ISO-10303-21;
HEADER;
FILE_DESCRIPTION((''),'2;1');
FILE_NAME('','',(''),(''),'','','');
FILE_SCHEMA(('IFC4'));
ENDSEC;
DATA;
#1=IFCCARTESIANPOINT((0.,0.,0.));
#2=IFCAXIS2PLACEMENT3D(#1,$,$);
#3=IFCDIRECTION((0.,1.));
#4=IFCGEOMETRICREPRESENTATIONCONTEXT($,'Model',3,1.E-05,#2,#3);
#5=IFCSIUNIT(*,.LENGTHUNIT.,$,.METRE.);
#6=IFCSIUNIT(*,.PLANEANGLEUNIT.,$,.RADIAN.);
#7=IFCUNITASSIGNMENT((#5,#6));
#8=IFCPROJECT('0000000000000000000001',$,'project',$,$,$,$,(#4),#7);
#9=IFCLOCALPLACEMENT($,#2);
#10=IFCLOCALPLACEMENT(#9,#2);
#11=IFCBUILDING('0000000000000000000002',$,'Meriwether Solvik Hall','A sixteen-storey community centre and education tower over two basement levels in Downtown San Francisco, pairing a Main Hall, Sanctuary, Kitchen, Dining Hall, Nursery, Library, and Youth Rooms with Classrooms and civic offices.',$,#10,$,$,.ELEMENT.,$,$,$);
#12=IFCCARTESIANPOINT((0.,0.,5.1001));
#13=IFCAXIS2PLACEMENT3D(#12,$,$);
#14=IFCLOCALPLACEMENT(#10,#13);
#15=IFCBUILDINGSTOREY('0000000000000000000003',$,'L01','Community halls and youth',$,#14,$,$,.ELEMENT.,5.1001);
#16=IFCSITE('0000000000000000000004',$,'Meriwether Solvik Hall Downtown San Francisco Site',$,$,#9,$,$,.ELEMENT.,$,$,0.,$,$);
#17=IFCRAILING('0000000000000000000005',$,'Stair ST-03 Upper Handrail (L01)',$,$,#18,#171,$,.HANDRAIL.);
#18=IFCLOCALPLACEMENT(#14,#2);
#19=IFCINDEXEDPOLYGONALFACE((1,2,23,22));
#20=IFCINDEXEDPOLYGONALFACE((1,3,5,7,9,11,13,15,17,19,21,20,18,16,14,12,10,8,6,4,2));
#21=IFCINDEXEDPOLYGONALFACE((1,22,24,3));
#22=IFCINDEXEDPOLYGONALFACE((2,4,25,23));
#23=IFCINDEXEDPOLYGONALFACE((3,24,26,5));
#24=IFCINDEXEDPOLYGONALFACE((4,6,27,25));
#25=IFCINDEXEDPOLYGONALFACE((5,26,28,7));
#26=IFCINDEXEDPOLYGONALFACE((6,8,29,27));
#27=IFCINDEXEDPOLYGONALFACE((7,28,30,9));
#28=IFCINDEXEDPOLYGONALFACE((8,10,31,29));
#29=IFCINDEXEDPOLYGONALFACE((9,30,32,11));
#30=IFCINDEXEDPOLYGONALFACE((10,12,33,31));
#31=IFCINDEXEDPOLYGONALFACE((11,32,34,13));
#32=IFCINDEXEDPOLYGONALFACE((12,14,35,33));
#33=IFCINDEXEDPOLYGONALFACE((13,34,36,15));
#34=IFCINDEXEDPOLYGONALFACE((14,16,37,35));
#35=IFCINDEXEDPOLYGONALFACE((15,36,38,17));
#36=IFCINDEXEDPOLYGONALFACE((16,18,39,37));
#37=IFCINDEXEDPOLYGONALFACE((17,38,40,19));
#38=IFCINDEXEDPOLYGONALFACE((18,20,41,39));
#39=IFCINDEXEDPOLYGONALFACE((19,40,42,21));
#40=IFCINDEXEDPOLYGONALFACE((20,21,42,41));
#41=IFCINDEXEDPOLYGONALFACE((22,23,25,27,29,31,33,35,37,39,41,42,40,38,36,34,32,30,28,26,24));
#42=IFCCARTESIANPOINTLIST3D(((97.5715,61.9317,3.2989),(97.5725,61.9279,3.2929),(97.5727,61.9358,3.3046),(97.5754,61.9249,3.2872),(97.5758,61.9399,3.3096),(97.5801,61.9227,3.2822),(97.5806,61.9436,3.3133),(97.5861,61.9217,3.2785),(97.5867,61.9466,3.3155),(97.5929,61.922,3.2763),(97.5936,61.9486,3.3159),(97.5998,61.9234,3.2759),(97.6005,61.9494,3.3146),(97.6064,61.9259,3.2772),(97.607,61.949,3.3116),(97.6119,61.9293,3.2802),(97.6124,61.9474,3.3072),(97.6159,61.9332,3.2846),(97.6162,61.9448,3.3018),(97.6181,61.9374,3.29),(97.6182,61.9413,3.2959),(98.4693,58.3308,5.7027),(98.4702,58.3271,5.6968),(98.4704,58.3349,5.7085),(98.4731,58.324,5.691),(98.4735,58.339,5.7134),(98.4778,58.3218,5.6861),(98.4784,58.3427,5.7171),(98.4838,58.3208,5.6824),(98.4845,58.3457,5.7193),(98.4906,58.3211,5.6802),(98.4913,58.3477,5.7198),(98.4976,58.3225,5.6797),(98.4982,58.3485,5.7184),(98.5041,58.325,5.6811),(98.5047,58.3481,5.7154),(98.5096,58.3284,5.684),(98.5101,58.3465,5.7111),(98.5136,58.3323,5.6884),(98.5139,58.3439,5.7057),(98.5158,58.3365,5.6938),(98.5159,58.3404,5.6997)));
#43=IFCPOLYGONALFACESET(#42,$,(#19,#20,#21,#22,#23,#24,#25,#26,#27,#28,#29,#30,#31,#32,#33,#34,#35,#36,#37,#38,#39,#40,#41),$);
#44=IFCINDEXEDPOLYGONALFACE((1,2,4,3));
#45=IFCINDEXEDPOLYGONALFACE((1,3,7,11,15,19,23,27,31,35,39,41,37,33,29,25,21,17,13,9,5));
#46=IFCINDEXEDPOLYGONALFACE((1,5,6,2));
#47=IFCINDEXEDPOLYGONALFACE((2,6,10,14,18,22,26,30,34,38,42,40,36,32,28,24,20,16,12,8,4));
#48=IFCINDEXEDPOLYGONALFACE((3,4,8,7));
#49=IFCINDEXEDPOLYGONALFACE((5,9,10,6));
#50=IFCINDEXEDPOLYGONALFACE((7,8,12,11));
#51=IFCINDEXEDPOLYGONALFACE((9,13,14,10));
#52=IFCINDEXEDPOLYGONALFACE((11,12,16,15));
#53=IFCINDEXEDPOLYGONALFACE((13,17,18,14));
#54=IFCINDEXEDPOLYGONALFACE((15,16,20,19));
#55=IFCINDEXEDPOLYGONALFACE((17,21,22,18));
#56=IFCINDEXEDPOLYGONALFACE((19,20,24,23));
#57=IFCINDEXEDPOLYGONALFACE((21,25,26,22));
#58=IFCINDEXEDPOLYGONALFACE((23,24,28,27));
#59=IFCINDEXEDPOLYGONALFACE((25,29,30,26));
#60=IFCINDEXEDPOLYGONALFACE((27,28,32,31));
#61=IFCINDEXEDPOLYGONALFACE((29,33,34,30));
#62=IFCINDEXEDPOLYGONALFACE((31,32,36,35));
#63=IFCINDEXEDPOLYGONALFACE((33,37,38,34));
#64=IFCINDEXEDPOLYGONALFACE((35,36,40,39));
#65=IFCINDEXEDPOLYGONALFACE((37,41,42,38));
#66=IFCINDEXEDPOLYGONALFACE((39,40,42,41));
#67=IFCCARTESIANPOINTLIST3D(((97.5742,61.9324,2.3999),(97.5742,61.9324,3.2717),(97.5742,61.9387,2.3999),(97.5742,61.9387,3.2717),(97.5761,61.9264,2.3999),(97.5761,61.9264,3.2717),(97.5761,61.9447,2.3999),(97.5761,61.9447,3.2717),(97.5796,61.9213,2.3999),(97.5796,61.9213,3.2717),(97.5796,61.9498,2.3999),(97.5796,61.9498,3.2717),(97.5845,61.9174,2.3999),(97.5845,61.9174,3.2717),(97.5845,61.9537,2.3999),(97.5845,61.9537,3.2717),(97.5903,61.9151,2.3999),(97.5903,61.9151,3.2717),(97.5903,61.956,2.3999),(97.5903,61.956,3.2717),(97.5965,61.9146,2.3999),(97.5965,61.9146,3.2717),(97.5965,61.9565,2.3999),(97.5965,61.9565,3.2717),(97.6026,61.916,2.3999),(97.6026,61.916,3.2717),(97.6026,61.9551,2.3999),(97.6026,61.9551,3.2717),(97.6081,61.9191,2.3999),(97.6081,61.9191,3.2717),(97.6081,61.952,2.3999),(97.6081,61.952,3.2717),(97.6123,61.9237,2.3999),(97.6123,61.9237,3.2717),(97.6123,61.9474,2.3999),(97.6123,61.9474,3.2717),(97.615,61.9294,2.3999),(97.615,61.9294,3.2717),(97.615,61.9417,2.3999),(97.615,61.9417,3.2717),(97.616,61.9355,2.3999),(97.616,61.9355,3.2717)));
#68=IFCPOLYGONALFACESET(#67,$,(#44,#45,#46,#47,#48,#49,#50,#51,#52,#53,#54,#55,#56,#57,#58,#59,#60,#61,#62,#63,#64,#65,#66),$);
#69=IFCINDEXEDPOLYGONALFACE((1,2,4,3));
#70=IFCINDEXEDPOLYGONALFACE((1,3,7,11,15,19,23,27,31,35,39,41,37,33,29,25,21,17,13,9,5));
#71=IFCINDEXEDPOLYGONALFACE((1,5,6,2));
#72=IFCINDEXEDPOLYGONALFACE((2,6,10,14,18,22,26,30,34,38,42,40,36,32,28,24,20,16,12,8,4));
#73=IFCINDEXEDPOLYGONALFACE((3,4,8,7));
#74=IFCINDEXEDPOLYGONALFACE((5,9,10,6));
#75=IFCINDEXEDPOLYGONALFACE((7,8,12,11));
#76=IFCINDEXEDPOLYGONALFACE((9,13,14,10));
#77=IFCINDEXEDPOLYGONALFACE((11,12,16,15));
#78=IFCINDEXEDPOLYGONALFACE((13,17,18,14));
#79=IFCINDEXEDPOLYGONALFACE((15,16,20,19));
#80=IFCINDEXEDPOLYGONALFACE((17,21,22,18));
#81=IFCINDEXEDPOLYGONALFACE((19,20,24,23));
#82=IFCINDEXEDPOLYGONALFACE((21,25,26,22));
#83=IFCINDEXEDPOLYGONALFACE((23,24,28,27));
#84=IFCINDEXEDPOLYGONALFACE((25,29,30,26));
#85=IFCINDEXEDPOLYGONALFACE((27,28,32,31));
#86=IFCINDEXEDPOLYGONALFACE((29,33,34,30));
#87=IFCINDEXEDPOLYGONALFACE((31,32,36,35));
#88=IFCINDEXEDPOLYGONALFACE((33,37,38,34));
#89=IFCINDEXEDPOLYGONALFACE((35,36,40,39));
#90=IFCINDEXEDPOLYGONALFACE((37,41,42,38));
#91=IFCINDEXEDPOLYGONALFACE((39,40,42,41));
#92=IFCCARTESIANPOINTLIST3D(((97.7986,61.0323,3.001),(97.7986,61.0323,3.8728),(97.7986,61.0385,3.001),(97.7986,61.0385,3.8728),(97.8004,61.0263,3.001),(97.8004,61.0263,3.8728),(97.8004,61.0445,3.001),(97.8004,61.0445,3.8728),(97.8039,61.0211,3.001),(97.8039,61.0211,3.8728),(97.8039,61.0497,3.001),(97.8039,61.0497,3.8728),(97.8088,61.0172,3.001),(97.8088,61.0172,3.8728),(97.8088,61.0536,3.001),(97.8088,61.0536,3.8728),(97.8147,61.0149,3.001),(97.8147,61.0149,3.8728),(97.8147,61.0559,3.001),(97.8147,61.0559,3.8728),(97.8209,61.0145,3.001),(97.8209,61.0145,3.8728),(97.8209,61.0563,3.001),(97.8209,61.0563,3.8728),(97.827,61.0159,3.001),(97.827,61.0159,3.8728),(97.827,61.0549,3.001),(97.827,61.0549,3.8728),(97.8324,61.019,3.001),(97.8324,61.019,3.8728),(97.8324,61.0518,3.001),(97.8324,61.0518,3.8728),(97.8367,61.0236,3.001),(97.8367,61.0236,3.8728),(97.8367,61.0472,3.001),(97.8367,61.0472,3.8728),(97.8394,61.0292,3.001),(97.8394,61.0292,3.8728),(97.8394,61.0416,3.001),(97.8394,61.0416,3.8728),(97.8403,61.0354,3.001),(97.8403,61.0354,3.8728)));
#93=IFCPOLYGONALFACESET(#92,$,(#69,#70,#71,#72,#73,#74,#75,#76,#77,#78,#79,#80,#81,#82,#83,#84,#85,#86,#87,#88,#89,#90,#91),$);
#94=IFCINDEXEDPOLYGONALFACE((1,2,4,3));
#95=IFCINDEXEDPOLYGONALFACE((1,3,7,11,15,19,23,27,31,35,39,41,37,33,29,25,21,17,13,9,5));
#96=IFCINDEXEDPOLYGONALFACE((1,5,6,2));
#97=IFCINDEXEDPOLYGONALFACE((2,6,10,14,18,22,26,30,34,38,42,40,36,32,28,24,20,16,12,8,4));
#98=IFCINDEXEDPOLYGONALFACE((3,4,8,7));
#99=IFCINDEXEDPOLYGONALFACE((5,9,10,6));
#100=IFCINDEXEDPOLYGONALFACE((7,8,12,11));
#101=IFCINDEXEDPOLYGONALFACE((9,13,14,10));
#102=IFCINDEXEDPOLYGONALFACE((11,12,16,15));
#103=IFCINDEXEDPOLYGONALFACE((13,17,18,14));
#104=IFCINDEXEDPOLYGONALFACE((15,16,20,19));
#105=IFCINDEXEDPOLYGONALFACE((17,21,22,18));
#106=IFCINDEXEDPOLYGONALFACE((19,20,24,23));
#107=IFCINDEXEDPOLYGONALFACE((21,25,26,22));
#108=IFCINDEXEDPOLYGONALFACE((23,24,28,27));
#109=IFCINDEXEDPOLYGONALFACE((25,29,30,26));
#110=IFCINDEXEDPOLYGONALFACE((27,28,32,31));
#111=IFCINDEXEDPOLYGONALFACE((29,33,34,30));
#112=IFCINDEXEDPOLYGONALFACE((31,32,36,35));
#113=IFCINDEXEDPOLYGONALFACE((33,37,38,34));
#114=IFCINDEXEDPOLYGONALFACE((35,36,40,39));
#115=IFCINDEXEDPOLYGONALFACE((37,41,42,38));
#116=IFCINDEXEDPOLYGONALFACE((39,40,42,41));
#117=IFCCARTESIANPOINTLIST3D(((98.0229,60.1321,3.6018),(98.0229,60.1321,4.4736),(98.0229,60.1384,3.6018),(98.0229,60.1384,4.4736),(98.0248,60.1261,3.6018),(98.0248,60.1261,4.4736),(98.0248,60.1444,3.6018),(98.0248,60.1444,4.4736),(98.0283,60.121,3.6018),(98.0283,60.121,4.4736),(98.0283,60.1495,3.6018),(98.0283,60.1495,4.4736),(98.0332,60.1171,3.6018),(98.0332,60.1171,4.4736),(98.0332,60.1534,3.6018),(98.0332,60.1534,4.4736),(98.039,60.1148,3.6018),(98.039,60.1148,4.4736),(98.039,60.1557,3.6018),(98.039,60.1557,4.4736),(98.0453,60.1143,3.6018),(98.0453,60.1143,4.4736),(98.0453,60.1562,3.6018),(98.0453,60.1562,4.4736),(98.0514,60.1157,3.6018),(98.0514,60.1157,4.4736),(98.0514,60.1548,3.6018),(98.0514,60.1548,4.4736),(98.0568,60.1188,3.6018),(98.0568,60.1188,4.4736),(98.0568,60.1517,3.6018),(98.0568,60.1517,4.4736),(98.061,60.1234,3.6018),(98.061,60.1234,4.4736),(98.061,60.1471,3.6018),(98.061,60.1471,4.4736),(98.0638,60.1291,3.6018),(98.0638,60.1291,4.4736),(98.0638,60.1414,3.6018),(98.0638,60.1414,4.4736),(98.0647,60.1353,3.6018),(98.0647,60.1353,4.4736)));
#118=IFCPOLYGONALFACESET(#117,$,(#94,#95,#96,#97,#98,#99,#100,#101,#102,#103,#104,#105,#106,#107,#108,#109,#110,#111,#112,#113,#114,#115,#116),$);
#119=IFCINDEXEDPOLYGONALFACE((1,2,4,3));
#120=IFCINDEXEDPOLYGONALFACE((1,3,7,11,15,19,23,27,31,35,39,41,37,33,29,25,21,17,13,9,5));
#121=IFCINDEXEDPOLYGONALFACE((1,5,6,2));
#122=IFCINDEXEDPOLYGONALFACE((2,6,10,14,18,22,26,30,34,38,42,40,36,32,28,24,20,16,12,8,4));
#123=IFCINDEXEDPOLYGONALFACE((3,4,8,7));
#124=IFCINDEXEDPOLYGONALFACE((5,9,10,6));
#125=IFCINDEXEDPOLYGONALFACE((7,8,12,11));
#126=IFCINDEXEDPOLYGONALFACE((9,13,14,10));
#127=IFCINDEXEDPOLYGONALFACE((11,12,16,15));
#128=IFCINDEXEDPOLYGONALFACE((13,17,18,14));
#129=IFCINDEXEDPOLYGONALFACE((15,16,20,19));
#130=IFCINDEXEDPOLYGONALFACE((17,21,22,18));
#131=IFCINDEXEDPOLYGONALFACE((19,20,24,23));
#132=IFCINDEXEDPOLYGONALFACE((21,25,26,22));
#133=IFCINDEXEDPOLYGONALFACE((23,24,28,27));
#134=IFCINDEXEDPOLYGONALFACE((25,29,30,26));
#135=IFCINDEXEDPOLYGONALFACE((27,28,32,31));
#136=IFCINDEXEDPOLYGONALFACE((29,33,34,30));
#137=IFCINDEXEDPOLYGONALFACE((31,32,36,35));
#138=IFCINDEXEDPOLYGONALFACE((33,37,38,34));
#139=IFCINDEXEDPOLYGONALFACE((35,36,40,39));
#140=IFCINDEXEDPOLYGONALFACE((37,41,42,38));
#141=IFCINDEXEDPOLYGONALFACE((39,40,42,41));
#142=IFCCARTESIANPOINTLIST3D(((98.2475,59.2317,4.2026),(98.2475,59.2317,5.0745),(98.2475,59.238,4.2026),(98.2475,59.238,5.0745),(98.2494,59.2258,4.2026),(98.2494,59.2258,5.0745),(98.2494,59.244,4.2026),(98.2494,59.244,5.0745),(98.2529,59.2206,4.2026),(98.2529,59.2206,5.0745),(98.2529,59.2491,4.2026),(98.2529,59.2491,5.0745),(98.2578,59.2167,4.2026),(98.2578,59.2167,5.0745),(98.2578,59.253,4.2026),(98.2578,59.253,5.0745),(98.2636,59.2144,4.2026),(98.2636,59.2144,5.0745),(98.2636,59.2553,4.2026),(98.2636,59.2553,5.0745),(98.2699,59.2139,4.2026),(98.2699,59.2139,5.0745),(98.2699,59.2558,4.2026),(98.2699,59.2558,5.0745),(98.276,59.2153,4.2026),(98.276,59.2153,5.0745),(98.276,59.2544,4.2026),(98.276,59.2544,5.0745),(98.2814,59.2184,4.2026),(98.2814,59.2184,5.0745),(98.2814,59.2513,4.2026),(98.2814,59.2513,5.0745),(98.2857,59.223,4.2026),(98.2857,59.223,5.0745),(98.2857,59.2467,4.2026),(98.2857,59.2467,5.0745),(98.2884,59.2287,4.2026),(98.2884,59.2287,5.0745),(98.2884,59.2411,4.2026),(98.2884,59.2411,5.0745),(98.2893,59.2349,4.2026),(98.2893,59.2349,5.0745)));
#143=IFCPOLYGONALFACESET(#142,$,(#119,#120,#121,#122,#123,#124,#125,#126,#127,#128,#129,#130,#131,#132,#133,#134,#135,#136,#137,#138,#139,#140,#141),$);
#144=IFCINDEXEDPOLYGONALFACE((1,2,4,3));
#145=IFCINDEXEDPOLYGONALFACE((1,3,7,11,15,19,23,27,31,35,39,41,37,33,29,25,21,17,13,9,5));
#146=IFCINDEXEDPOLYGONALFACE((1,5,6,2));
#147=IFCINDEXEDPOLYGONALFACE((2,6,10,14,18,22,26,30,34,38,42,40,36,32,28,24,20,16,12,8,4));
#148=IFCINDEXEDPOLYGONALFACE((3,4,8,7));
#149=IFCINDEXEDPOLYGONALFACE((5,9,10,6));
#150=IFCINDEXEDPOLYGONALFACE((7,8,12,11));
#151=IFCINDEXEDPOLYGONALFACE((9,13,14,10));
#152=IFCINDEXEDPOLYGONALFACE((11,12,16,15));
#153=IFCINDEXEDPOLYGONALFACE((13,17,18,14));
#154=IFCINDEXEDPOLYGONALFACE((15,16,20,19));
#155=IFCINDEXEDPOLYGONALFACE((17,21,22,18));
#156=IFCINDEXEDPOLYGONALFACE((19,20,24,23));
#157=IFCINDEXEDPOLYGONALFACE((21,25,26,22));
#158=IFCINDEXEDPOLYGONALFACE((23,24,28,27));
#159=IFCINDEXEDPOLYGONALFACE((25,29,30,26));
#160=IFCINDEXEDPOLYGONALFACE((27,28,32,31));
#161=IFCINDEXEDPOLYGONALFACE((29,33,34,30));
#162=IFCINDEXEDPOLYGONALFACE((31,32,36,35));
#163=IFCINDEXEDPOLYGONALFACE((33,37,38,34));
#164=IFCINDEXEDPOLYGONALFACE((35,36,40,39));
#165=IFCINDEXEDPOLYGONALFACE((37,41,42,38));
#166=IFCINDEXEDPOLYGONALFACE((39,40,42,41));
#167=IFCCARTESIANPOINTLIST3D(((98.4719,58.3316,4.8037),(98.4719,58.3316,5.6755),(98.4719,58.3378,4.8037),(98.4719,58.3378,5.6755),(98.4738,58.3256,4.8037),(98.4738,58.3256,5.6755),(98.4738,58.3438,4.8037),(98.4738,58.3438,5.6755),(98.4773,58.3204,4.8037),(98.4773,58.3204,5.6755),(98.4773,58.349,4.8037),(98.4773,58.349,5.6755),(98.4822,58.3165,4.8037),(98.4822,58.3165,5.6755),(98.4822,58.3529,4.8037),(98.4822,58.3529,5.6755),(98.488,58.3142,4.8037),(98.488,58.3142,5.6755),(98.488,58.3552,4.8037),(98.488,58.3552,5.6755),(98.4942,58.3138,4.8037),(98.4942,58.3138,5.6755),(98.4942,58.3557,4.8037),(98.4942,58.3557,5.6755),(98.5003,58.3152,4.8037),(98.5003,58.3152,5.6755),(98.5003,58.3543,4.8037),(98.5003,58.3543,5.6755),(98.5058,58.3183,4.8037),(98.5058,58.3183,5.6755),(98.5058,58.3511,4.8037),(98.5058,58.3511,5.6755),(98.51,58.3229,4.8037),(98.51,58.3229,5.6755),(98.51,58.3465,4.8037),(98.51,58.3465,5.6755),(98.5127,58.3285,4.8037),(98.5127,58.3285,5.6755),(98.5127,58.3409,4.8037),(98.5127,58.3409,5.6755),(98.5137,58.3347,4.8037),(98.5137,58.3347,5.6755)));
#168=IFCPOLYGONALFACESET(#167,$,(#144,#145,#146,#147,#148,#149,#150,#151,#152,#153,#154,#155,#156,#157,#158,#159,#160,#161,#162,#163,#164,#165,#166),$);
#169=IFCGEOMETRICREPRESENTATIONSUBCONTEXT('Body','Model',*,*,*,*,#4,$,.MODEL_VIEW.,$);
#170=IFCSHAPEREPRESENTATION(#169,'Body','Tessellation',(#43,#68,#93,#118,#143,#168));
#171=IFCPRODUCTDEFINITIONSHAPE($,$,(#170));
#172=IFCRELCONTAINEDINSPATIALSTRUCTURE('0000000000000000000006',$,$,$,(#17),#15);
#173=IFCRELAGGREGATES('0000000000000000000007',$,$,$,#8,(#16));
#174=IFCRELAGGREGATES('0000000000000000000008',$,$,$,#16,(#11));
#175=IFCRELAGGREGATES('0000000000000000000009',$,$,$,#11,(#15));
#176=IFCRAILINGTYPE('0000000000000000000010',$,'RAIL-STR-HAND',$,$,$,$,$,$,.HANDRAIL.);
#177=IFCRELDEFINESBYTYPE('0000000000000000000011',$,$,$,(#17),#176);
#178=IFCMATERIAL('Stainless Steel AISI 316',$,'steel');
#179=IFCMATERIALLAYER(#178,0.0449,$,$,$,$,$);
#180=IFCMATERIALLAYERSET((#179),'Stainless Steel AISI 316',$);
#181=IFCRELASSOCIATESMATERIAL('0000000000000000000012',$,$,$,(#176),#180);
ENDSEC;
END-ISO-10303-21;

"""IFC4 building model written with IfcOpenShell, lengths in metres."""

from ifc_helpers import new_model, si_unit, direction, frame, origin, origin_2d, place, context, subcontext, project, spatial, circle, extrude, material, layer, layer_set, type_object, element, save


model = new_model("IFC4")

# Units and contexts
model_context = context("Model", 3, precision=1e-05, world=origin(), true_north=direction((0.0, 1.0)))
body_context = subcontext(model_context, "Body", "Model", "MODEL_VIEW")
ifc_project = project(units=[si_unit("LENGTHUNIT", "METRE"), si_unit("PLANEANGLEUNIT", "RADIAN")], contexts=[model_context])

# Site, building, storey
site_placement = place(None, origin())
site = spatial("IfcSite", under=ifc_project, at=site_placement, Name="Meriwether Solvik Hall Downtown San Francisco Site", CompositionType="ELEMENT", RefElevation=0.0)
building_placement = place(site_placement, origin())
building = spatial("IfcBuilding", under=site, at=building_placement, Name="Meriwether Solvik Hall", Description="A sixteen-storey community centre and education tower over two basement levels in Downtown San Francisco, pairing a Main Hall, Sanctuary, Kitchen, Dining Hall, Nursery, Library, and Youth Rooms with Classrooms and civic offices.", CompositionType="ELEMENT")
storey_placement = place(building_placement, frame((0.0, 0.0, 5.1001)))
storey = spatial("IfcBuildingStorey", under=building, at=storey_placement, Name="L01", Description="Community halls and youth", CompositionType="ELEMENT", Elevation=5.1001)

# Railing
ifc_material_1 = material(Name="Stainless Steel AISI 316", Category="steel")
ifc_layer_1 = layer(ifc_material_1, 0.0449)
ifc_layer_set_1 = layer_set([ifc_layer_1], Name="Stainless Steel AISI 316")
railing_type_1 = type_object("IfcRailingType", Name="RAIL-STR-HAND", PredefinedType="HANDRAIL", material=ifc_layer_set_1)
railing_1_placement = place(storey_placement, frame((97.595, 61.9355, 2.3999)))
element("IfcRailing", 1, at=railing_1_placement, inside=storey, type_object=railing_type_1, Name="Stair ST-03 Upper Handrail (L01)", PredefinedType="HANDRAIL", context=body_context, shape_type="SweptSolid", body=[
    extrude(circle(Radius=0.0239, at=origin_2d()), frame((0.0, 0.0, 0.896), z_axis=(0.203029, -0.814381, 0.543657), x_axis=(0.970301, 0.241901, 0.0)), (0.0, 0.0, 1.0), 4.4216),
    extrude(circle(Radius=0.021, at=origin_2d()), origin(), (0.0, 0.0, 1.0), 0.8718),
    extrude(circle(Radius=0.021, at=origin_2d()), frame((0.2244, -0.9001, 0.6011)), (0.0, 0.0, 1.0), 0.8718),
    extrude(circle(Radius=0.021, at=origin_2d()), frame((0.4487, -1.8003, 1.2019)), (0.0, 0.0, 1.0), 0.8718),
    extrude(circle(Radius=0.021, at=origin_2d()), frame((0.6733, -2.7007, 1.8027)), (0.0, 0.0, 1.0), 0.8718),
    extrude(circle(Radius=0.021, at=origin_2d()), frame((0.8977, -3.6008, 2.4038)), (0.0, 0.0, 1.0), 0.8718),
])

save(model, "model.ifc")
